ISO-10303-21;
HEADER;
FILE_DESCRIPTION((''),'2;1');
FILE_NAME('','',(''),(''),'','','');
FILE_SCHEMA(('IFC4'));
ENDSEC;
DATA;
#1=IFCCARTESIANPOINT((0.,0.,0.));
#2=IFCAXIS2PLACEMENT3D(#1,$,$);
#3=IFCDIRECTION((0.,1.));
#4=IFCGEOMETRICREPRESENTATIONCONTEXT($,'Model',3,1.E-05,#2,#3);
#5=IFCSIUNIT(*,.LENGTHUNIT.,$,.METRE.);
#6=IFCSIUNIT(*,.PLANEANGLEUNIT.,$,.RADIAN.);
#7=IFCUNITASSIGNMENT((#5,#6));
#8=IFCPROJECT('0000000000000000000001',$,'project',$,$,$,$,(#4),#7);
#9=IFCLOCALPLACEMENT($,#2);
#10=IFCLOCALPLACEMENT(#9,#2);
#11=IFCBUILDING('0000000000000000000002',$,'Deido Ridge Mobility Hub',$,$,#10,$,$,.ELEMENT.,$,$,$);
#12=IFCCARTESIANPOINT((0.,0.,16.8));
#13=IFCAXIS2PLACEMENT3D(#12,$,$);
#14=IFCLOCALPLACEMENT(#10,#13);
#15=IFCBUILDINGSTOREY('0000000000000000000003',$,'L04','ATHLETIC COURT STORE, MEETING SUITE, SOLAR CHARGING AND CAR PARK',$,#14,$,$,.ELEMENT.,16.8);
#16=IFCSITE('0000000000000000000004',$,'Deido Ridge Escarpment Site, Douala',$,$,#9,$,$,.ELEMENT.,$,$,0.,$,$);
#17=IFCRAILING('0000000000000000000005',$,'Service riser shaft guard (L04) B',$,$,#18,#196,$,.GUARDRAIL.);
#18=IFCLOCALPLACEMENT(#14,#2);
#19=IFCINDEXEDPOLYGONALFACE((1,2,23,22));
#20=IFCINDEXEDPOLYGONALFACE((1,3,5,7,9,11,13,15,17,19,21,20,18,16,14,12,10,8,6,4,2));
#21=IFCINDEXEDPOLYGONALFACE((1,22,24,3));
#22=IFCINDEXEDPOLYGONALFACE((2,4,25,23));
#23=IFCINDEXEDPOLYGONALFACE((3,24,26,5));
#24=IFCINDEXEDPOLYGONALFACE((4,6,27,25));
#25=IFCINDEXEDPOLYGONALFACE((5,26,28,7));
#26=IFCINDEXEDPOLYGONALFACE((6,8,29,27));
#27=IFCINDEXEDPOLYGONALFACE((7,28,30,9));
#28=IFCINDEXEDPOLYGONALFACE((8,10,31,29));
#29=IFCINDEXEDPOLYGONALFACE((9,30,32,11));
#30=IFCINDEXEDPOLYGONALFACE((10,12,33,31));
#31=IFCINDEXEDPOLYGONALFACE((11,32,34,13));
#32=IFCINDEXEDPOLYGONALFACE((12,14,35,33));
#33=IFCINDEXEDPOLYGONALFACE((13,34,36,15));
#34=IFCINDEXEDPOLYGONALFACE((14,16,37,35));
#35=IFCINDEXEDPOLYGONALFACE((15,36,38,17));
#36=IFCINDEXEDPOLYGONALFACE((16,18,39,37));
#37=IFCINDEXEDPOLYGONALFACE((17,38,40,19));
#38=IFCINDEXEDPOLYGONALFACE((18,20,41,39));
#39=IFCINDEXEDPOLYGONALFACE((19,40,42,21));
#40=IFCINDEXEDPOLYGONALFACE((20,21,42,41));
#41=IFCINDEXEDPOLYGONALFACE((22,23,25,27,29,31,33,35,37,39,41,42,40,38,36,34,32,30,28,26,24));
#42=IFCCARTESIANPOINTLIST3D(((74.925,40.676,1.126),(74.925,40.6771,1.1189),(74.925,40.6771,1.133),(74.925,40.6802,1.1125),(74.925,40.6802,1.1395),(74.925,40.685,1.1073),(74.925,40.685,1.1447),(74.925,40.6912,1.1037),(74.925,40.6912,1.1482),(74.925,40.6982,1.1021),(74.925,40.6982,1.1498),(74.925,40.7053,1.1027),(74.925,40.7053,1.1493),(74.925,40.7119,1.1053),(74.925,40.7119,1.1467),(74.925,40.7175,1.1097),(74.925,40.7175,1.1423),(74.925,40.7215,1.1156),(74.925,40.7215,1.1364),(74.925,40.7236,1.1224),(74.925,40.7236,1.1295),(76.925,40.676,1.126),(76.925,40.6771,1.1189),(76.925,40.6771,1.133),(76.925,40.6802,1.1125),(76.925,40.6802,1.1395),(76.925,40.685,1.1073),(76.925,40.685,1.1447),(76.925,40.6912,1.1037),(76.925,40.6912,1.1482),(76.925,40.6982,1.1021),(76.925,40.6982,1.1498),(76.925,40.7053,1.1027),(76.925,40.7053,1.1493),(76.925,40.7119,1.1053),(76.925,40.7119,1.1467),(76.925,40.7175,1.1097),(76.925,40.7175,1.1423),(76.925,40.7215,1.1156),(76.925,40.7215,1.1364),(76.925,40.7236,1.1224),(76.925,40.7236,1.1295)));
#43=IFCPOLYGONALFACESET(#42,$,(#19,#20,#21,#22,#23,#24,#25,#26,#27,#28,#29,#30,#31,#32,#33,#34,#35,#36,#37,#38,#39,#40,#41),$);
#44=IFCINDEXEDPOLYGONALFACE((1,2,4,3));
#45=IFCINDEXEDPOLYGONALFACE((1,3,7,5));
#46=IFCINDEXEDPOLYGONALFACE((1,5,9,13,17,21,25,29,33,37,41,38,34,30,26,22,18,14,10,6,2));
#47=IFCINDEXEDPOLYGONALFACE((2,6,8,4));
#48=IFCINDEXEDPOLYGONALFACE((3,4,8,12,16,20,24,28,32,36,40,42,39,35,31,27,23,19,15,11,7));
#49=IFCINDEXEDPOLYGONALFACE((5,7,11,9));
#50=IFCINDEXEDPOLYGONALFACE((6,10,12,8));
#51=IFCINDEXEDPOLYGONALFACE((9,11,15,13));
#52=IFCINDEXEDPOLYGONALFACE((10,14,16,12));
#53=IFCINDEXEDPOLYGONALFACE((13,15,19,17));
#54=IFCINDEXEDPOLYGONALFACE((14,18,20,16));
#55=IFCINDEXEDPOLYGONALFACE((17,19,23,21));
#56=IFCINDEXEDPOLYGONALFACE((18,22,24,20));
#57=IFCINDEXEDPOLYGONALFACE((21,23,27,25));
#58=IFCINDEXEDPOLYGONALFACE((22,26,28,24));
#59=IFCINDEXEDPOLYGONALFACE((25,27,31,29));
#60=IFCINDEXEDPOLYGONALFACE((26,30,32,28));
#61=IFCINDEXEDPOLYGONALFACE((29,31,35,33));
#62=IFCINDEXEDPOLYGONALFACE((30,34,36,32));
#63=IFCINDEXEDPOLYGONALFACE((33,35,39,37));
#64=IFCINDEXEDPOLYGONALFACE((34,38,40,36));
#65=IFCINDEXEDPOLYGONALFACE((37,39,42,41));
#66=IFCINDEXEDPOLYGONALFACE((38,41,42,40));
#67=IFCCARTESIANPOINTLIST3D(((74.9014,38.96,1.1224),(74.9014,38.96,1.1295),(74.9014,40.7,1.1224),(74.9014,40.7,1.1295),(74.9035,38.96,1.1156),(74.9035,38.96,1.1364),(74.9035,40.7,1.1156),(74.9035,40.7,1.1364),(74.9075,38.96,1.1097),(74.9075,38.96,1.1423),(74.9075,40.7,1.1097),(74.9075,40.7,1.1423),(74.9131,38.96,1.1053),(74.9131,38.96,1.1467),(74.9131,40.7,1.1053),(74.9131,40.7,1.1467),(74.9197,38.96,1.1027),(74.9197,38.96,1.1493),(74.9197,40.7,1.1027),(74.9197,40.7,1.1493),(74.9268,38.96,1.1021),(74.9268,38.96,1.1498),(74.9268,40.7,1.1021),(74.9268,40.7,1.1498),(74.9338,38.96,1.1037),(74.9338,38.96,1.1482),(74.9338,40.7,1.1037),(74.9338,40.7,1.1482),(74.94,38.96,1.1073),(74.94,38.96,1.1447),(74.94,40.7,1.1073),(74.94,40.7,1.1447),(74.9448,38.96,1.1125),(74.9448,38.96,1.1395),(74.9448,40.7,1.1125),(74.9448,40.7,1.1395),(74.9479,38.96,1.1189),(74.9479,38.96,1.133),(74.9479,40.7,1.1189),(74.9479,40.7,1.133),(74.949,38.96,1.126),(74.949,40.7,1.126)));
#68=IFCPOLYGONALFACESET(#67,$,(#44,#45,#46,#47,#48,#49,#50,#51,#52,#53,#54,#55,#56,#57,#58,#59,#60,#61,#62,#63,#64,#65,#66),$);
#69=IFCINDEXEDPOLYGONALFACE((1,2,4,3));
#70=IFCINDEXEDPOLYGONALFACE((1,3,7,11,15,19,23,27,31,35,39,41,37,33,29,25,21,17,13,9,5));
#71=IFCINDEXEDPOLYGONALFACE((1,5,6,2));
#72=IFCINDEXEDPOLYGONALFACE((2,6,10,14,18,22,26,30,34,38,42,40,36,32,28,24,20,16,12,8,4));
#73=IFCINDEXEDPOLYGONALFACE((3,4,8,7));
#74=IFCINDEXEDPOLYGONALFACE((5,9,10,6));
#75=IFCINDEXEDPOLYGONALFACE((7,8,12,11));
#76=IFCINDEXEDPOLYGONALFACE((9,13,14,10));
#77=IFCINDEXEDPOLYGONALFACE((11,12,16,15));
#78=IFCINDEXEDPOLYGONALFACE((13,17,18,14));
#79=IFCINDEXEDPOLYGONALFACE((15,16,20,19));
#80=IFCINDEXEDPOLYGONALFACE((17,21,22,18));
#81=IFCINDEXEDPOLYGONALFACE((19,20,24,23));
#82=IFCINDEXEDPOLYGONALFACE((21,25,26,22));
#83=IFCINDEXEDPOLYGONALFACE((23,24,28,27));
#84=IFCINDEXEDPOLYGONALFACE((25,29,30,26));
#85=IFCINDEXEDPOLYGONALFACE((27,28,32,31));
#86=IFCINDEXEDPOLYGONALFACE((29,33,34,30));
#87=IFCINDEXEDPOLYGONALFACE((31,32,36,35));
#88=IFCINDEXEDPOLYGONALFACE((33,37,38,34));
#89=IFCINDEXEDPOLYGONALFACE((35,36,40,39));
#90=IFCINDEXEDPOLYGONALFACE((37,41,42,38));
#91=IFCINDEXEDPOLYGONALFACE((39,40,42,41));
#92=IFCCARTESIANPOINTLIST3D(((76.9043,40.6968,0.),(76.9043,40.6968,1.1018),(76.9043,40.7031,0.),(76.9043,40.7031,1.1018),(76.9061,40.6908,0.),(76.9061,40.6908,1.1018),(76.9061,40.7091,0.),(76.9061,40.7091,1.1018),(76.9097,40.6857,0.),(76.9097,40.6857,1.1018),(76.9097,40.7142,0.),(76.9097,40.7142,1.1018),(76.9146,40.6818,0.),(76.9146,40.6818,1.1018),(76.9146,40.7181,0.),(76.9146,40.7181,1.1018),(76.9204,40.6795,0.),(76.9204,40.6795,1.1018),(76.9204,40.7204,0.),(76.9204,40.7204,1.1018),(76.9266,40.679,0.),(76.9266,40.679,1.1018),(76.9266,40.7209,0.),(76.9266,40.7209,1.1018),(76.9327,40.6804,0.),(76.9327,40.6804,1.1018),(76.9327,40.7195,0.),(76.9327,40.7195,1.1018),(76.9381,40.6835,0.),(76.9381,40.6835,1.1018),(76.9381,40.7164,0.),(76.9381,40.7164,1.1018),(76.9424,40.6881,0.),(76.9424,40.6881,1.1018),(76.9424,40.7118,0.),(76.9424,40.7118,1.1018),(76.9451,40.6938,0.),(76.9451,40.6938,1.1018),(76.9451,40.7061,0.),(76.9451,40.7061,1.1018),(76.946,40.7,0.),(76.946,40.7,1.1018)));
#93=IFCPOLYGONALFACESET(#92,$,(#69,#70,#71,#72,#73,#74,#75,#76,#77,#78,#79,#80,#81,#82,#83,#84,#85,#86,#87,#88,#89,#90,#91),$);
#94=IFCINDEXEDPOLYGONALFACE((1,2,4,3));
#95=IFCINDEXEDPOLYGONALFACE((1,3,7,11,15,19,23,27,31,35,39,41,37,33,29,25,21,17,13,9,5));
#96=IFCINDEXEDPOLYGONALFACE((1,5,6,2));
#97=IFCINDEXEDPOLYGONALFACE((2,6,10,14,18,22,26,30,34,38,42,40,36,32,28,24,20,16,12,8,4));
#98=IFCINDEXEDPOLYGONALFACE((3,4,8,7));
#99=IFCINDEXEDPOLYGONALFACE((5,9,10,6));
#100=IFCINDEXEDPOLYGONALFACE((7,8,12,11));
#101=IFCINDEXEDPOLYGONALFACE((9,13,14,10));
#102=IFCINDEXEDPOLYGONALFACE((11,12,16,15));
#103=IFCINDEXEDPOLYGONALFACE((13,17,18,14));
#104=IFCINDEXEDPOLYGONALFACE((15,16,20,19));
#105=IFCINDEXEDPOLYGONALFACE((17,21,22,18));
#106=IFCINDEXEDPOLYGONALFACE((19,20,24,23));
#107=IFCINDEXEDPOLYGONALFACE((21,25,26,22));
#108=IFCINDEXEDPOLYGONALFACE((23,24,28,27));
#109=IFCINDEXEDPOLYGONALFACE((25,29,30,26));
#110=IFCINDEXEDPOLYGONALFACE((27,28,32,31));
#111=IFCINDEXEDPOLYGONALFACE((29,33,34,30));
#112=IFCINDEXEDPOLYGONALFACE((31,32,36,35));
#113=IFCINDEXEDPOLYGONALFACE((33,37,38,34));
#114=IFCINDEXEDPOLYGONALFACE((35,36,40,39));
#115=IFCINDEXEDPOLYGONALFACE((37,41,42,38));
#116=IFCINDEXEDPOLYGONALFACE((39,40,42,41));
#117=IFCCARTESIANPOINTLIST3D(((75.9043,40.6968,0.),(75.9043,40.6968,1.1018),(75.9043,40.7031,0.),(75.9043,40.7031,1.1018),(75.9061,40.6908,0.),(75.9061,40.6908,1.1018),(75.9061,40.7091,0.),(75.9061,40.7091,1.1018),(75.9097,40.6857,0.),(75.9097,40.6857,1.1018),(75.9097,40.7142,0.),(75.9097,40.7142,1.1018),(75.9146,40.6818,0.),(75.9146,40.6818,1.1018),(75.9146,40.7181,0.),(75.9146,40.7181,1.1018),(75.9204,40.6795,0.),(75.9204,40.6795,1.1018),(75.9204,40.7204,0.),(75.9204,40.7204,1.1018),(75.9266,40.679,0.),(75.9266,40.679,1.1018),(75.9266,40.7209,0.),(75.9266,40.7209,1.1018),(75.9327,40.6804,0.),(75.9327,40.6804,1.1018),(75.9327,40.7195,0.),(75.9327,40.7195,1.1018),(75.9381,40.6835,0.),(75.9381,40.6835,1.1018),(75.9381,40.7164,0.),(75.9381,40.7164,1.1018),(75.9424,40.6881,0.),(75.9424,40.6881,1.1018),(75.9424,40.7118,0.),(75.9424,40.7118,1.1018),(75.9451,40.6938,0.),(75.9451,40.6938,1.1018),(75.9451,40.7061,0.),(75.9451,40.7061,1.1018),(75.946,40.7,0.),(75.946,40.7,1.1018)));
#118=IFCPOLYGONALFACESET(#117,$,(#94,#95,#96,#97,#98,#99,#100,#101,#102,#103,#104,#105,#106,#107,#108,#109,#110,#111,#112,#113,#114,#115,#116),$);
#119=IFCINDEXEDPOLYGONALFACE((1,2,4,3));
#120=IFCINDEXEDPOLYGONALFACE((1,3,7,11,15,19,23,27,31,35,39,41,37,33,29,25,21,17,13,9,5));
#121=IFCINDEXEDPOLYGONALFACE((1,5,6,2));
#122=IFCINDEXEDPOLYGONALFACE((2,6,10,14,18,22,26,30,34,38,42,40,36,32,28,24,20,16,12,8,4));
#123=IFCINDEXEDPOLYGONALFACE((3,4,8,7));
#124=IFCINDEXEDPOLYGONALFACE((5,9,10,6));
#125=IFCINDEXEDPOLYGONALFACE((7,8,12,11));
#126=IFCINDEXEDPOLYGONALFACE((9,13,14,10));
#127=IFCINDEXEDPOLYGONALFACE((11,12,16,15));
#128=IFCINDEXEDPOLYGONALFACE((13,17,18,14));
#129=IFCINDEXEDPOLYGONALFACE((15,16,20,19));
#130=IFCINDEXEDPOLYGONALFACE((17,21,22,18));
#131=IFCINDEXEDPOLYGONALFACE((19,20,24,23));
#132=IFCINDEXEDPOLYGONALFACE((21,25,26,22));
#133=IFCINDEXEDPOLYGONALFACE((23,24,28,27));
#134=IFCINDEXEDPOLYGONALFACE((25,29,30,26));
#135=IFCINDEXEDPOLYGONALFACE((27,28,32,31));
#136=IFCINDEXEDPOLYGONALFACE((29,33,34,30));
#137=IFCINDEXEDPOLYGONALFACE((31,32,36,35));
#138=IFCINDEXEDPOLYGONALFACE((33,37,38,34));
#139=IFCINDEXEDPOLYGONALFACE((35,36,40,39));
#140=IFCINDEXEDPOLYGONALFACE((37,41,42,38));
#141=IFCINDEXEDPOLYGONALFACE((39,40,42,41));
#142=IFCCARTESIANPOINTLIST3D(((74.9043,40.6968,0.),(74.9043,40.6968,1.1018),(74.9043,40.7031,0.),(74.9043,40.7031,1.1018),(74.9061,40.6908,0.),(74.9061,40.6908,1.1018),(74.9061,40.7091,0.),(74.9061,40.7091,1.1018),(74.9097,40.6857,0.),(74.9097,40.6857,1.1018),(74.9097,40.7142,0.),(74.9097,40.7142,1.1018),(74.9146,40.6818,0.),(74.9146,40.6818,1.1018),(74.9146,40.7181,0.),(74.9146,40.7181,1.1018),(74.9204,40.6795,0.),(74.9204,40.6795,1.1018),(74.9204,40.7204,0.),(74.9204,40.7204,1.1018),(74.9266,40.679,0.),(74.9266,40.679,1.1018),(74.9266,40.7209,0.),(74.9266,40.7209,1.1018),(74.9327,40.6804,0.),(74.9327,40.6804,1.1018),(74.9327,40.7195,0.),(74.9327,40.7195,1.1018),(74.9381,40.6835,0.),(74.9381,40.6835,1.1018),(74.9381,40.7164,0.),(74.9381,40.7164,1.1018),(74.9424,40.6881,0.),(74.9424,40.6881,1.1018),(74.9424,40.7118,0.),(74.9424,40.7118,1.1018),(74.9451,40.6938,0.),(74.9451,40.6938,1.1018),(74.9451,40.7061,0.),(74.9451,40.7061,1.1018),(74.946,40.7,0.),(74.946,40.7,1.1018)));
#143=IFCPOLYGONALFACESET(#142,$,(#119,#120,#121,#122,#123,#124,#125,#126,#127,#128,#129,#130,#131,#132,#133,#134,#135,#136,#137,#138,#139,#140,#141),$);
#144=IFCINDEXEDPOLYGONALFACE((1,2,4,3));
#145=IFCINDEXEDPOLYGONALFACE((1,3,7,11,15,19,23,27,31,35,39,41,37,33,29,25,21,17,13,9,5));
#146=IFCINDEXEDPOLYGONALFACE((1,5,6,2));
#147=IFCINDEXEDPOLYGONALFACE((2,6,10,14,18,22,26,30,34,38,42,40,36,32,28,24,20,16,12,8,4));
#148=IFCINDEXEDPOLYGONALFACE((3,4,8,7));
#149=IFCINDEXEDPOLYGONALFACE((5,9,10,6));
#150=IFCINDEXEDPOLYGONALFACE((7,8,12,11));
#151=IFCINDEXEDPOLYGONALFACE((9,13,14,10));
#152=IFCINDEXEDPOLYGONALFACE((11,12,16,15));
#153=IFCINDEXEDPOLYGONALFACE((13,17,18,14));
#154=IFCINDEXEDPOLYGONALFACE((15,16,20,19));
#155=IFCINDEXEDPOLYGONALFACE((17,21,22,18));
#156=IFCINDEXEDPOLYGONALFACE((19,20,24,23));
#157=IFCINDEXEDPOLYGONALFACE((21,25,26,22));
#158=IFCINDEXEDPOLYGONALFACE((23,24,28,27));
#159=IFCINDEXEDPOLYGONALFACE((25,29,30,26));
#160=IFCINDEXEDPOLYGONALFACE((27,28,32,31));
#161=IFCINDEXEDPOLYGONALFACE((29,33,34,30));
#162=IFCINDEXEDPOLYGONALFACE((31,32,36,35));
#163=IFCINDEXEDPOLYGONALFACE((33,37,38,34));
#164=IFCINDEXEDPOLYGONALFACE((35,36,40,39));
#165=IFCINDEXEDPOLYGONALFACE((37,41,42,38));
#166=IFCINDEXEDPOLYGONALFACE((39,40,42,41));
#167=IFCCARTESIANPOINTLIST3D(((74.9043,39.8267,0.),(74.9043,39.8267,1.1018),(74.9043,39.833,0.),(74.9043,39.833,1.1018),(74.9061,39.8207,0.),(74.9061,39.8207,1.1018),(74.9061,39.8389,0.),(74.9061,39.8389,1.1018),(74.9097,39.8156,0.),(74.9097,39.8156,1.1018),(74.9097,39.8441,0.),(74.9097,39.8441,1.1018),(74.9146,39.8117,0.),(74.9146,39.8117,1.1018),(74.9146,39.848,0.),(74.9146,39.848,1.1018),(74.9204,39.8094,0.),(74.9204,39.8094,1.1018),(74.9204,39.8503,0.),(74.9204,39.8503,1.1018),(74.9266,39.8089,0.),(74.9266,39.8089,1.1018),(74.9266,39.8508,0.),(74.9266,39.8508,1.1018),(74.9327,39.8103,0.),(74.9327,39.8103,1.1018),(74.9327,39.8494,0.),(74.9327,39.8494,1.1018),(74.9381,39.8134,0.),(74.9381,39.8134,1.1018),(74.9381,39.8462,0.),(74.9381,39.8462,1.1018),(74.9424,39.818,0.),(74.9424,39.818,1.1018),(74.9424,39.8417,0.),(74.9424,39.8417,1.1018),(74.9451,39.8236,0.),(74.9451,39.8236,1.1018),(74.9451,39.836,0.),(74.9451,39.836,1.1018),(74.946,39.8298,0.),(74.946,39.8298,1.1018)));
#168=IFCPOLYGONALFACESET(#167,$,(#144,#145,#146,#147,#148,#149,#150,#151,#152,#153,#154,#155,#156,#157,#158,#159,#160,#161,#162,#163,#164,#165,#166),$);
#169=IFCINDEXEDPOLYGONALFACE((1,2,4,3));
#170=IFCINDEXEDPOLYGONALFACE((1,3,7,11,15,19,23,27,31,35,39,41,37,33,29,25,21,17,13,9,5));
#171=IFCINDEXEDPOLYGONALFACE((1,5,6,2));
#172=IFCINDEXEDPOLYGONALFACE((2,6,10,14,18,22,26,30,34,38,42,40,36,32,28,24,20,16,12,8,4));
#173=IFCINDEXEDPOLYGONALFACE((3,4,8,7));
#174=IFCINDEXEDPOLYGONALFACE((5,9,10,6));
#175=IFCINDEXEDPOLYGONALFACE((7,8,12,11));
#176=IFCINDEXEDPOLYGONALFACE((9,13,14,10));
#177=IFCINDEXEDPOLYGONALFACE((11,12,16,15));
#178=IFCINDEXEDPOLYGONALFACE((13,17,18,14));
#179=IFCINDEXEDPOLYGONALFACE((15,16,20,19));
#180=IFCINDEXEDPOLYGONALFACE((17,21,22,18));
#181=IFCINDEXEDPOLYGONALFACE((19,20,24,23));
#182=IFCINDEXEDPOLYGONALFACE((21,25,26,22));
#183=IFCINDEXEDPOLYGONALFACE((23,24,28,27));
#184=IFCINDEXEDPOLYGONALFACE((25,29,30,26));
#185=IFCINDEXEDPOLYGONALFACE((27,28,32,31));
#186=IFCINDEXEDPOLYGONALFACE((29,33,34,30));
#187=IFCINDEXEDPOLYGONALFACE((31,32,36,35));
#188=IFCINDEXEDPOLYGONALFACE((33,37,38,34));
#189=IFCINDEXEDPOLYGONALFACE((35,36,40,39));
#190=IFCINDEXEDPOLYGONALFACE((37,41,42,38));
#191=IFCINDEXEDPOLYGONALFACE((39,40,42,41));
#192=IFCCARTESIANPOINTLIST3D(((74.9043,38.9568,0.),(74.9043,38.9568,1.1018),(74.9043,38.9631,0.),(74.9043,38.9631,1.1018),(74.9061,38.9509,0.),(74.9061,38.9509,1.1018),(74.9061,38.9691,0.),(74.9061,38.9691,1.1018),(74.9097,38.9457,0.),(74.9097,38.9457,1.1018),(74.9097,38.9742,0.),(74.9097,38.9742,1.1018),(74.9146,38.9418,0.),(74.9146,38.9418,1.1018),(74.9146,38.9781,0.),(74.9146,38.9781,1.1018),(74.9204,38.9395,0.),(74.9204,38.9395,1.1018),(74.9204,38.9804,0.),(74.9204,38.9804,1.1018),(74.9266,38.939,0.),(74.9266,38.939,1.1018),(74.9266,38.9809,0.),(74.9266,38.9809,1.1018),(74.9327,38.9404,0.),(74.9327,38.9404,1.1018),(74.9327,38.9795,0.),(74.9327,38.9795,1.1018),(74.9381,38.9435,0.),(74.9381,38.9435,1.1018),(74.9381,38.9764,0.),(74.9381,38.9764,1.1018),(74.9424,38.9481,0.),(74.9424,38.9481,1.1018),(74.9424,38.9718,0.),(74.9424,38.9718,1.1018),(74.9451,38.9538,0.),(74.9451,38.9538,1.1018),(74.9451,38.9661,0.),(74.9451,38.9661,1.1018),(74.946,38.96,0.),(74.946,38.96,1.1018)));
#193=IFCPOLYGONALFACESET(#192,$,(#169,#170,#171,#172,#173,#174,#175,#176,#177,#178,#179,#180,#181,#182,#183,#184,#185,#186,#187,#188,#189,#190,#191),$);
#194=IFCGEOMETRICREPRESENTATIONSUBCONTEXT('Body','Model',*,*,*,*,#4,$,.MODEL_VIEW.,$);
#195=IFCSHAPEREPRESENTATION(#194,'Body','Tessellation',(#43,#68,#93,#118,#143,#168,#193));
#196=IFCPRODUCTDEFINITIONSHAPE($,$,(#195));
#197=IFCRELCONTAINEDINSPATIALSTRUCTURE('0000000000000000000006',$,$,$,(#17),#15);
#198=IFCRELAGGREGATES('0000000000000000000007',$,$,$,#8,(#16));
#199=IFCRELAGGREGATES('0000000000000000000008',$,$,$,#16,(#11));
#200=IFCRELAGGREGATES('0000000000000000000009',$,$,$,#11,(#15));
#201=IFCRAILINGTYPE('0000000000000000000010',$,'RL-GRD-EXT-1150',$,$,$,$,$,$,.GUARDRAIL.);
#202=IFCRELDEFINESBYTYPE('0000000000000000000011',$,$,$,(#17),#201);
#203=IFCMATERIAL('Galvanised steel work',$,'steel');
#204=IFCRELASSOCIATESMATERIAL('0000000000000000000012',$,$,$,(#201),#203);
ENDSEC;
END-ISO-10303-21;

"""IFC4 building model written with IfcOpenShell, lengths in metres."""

from ifc_helpers import new_model, si_unit, direction, frame, origin, origin_2d, place, context, subcontext, project, spatial, circle, extrude, material, type_object, element, save


model = new_model("IFC4")

# Units and contexts
model_context = context("Model", 3, precision=1e-05, world=origin(), true_north=direction((0.0, 1.0)))
body_context = subcontext(model_context, "Body", "Model", "MODEL_VIEW")
ifc_project = project(units=[si_unit("LENGTHUNIT", "METRE"), si_unit("PLANEANGLEUNIT", "RADIAN")], contexts=[model_context])

# Site, building, storey
site_placement = place(None, origin())
site = spatial("IfcSite", under=ifc_project, at=site_placement, Name="Deido Ridge Escarpment Site, Douala", CompositionType="ELEMENT", RefElevation=0.0)
building_placement = place(site_placement, origin())
building = spatial("IfcBuilding", under=site, at=building_placement, Name="Deido Ridge Mobility Hub", CompositionType="ELEMENT")
storey_placement = place(building_placement, frame((0.0, 0.0, 16.8)))
storey = spatial("IfcBuildingStorey", under=building, at=storey_placement, Name="L04", Description="ATHLETIC COURT STORE, MEETING SUITE, SOLAR CHARGING AND CAR PARK", CompositionType="ELEMENT", Elevation=16.8)

# Railing
ifc_material_1 = material(Name="Galvanised steel work", Category="steel")
railing_type = type_object("IfcRailingType", Name="RL-GRD-EXT-1150", PredefinedType="GUARDRAIL", material=ifc_material_1)
railing_1_placement = place(storey_placement, frame((76.925, 40.7, 0.0)))
element("IfcRailing", 1, at=railing_1_placement, inside=storey, type_object=railing_type, Name="Service riser shaft guard (L04) B", PredefinedType="GUARDRAIL", context=body_context, shape_type="SweptSolid", body=[
    extrude(circle(Radius=0.0239, at=origin_2d()), frame((0.0, 0.0, 1.126), z_axis=(-1.0, 0.0, 0.0), x_axis=(0.0, -1.0, 0.0)), (0.0, 0.0, 1.0), 2.0),
    extrude(circle(Radius=0.0239, at=origin_2d()), frame((-2.0, 0.0, 1.126), z_axis=(0.0, -1.0, 0.0), x_axis=(1.0, 0.0, 0.0)), (0.0, 0.0, 1.0), 1.74),
    extrude(circle(Radius=0.021, at=origin_2d()), origin(), (0.0, 0.0, 1.0), 1.1018),
    extrude(circle(Radius=0.021, at=origin_2d()), frame((-1.0, 0.0, 0.0)), (0.0, 0.0, 1.0), 1.1018),
    extrude(circle(Radius=0.021, at=origin_2d()), frame((-2.0, 0.0, 0.0)), (0.0, 0.0, 1.0), 1.1018),
    extrude(circle(Radius=0.021, at=origin_2d()), frame((-2.0, -0.8701, 0.0)), (0.0, 0.0, 1.0), 1.1018),
    extrude(circle(Radius=0.021, at=origin_2d()), frame((-2.0, -1.74, 0.0)), (0.0, 0.0, 1.0), 1.1018),
])

save(model, "model.ifc")
